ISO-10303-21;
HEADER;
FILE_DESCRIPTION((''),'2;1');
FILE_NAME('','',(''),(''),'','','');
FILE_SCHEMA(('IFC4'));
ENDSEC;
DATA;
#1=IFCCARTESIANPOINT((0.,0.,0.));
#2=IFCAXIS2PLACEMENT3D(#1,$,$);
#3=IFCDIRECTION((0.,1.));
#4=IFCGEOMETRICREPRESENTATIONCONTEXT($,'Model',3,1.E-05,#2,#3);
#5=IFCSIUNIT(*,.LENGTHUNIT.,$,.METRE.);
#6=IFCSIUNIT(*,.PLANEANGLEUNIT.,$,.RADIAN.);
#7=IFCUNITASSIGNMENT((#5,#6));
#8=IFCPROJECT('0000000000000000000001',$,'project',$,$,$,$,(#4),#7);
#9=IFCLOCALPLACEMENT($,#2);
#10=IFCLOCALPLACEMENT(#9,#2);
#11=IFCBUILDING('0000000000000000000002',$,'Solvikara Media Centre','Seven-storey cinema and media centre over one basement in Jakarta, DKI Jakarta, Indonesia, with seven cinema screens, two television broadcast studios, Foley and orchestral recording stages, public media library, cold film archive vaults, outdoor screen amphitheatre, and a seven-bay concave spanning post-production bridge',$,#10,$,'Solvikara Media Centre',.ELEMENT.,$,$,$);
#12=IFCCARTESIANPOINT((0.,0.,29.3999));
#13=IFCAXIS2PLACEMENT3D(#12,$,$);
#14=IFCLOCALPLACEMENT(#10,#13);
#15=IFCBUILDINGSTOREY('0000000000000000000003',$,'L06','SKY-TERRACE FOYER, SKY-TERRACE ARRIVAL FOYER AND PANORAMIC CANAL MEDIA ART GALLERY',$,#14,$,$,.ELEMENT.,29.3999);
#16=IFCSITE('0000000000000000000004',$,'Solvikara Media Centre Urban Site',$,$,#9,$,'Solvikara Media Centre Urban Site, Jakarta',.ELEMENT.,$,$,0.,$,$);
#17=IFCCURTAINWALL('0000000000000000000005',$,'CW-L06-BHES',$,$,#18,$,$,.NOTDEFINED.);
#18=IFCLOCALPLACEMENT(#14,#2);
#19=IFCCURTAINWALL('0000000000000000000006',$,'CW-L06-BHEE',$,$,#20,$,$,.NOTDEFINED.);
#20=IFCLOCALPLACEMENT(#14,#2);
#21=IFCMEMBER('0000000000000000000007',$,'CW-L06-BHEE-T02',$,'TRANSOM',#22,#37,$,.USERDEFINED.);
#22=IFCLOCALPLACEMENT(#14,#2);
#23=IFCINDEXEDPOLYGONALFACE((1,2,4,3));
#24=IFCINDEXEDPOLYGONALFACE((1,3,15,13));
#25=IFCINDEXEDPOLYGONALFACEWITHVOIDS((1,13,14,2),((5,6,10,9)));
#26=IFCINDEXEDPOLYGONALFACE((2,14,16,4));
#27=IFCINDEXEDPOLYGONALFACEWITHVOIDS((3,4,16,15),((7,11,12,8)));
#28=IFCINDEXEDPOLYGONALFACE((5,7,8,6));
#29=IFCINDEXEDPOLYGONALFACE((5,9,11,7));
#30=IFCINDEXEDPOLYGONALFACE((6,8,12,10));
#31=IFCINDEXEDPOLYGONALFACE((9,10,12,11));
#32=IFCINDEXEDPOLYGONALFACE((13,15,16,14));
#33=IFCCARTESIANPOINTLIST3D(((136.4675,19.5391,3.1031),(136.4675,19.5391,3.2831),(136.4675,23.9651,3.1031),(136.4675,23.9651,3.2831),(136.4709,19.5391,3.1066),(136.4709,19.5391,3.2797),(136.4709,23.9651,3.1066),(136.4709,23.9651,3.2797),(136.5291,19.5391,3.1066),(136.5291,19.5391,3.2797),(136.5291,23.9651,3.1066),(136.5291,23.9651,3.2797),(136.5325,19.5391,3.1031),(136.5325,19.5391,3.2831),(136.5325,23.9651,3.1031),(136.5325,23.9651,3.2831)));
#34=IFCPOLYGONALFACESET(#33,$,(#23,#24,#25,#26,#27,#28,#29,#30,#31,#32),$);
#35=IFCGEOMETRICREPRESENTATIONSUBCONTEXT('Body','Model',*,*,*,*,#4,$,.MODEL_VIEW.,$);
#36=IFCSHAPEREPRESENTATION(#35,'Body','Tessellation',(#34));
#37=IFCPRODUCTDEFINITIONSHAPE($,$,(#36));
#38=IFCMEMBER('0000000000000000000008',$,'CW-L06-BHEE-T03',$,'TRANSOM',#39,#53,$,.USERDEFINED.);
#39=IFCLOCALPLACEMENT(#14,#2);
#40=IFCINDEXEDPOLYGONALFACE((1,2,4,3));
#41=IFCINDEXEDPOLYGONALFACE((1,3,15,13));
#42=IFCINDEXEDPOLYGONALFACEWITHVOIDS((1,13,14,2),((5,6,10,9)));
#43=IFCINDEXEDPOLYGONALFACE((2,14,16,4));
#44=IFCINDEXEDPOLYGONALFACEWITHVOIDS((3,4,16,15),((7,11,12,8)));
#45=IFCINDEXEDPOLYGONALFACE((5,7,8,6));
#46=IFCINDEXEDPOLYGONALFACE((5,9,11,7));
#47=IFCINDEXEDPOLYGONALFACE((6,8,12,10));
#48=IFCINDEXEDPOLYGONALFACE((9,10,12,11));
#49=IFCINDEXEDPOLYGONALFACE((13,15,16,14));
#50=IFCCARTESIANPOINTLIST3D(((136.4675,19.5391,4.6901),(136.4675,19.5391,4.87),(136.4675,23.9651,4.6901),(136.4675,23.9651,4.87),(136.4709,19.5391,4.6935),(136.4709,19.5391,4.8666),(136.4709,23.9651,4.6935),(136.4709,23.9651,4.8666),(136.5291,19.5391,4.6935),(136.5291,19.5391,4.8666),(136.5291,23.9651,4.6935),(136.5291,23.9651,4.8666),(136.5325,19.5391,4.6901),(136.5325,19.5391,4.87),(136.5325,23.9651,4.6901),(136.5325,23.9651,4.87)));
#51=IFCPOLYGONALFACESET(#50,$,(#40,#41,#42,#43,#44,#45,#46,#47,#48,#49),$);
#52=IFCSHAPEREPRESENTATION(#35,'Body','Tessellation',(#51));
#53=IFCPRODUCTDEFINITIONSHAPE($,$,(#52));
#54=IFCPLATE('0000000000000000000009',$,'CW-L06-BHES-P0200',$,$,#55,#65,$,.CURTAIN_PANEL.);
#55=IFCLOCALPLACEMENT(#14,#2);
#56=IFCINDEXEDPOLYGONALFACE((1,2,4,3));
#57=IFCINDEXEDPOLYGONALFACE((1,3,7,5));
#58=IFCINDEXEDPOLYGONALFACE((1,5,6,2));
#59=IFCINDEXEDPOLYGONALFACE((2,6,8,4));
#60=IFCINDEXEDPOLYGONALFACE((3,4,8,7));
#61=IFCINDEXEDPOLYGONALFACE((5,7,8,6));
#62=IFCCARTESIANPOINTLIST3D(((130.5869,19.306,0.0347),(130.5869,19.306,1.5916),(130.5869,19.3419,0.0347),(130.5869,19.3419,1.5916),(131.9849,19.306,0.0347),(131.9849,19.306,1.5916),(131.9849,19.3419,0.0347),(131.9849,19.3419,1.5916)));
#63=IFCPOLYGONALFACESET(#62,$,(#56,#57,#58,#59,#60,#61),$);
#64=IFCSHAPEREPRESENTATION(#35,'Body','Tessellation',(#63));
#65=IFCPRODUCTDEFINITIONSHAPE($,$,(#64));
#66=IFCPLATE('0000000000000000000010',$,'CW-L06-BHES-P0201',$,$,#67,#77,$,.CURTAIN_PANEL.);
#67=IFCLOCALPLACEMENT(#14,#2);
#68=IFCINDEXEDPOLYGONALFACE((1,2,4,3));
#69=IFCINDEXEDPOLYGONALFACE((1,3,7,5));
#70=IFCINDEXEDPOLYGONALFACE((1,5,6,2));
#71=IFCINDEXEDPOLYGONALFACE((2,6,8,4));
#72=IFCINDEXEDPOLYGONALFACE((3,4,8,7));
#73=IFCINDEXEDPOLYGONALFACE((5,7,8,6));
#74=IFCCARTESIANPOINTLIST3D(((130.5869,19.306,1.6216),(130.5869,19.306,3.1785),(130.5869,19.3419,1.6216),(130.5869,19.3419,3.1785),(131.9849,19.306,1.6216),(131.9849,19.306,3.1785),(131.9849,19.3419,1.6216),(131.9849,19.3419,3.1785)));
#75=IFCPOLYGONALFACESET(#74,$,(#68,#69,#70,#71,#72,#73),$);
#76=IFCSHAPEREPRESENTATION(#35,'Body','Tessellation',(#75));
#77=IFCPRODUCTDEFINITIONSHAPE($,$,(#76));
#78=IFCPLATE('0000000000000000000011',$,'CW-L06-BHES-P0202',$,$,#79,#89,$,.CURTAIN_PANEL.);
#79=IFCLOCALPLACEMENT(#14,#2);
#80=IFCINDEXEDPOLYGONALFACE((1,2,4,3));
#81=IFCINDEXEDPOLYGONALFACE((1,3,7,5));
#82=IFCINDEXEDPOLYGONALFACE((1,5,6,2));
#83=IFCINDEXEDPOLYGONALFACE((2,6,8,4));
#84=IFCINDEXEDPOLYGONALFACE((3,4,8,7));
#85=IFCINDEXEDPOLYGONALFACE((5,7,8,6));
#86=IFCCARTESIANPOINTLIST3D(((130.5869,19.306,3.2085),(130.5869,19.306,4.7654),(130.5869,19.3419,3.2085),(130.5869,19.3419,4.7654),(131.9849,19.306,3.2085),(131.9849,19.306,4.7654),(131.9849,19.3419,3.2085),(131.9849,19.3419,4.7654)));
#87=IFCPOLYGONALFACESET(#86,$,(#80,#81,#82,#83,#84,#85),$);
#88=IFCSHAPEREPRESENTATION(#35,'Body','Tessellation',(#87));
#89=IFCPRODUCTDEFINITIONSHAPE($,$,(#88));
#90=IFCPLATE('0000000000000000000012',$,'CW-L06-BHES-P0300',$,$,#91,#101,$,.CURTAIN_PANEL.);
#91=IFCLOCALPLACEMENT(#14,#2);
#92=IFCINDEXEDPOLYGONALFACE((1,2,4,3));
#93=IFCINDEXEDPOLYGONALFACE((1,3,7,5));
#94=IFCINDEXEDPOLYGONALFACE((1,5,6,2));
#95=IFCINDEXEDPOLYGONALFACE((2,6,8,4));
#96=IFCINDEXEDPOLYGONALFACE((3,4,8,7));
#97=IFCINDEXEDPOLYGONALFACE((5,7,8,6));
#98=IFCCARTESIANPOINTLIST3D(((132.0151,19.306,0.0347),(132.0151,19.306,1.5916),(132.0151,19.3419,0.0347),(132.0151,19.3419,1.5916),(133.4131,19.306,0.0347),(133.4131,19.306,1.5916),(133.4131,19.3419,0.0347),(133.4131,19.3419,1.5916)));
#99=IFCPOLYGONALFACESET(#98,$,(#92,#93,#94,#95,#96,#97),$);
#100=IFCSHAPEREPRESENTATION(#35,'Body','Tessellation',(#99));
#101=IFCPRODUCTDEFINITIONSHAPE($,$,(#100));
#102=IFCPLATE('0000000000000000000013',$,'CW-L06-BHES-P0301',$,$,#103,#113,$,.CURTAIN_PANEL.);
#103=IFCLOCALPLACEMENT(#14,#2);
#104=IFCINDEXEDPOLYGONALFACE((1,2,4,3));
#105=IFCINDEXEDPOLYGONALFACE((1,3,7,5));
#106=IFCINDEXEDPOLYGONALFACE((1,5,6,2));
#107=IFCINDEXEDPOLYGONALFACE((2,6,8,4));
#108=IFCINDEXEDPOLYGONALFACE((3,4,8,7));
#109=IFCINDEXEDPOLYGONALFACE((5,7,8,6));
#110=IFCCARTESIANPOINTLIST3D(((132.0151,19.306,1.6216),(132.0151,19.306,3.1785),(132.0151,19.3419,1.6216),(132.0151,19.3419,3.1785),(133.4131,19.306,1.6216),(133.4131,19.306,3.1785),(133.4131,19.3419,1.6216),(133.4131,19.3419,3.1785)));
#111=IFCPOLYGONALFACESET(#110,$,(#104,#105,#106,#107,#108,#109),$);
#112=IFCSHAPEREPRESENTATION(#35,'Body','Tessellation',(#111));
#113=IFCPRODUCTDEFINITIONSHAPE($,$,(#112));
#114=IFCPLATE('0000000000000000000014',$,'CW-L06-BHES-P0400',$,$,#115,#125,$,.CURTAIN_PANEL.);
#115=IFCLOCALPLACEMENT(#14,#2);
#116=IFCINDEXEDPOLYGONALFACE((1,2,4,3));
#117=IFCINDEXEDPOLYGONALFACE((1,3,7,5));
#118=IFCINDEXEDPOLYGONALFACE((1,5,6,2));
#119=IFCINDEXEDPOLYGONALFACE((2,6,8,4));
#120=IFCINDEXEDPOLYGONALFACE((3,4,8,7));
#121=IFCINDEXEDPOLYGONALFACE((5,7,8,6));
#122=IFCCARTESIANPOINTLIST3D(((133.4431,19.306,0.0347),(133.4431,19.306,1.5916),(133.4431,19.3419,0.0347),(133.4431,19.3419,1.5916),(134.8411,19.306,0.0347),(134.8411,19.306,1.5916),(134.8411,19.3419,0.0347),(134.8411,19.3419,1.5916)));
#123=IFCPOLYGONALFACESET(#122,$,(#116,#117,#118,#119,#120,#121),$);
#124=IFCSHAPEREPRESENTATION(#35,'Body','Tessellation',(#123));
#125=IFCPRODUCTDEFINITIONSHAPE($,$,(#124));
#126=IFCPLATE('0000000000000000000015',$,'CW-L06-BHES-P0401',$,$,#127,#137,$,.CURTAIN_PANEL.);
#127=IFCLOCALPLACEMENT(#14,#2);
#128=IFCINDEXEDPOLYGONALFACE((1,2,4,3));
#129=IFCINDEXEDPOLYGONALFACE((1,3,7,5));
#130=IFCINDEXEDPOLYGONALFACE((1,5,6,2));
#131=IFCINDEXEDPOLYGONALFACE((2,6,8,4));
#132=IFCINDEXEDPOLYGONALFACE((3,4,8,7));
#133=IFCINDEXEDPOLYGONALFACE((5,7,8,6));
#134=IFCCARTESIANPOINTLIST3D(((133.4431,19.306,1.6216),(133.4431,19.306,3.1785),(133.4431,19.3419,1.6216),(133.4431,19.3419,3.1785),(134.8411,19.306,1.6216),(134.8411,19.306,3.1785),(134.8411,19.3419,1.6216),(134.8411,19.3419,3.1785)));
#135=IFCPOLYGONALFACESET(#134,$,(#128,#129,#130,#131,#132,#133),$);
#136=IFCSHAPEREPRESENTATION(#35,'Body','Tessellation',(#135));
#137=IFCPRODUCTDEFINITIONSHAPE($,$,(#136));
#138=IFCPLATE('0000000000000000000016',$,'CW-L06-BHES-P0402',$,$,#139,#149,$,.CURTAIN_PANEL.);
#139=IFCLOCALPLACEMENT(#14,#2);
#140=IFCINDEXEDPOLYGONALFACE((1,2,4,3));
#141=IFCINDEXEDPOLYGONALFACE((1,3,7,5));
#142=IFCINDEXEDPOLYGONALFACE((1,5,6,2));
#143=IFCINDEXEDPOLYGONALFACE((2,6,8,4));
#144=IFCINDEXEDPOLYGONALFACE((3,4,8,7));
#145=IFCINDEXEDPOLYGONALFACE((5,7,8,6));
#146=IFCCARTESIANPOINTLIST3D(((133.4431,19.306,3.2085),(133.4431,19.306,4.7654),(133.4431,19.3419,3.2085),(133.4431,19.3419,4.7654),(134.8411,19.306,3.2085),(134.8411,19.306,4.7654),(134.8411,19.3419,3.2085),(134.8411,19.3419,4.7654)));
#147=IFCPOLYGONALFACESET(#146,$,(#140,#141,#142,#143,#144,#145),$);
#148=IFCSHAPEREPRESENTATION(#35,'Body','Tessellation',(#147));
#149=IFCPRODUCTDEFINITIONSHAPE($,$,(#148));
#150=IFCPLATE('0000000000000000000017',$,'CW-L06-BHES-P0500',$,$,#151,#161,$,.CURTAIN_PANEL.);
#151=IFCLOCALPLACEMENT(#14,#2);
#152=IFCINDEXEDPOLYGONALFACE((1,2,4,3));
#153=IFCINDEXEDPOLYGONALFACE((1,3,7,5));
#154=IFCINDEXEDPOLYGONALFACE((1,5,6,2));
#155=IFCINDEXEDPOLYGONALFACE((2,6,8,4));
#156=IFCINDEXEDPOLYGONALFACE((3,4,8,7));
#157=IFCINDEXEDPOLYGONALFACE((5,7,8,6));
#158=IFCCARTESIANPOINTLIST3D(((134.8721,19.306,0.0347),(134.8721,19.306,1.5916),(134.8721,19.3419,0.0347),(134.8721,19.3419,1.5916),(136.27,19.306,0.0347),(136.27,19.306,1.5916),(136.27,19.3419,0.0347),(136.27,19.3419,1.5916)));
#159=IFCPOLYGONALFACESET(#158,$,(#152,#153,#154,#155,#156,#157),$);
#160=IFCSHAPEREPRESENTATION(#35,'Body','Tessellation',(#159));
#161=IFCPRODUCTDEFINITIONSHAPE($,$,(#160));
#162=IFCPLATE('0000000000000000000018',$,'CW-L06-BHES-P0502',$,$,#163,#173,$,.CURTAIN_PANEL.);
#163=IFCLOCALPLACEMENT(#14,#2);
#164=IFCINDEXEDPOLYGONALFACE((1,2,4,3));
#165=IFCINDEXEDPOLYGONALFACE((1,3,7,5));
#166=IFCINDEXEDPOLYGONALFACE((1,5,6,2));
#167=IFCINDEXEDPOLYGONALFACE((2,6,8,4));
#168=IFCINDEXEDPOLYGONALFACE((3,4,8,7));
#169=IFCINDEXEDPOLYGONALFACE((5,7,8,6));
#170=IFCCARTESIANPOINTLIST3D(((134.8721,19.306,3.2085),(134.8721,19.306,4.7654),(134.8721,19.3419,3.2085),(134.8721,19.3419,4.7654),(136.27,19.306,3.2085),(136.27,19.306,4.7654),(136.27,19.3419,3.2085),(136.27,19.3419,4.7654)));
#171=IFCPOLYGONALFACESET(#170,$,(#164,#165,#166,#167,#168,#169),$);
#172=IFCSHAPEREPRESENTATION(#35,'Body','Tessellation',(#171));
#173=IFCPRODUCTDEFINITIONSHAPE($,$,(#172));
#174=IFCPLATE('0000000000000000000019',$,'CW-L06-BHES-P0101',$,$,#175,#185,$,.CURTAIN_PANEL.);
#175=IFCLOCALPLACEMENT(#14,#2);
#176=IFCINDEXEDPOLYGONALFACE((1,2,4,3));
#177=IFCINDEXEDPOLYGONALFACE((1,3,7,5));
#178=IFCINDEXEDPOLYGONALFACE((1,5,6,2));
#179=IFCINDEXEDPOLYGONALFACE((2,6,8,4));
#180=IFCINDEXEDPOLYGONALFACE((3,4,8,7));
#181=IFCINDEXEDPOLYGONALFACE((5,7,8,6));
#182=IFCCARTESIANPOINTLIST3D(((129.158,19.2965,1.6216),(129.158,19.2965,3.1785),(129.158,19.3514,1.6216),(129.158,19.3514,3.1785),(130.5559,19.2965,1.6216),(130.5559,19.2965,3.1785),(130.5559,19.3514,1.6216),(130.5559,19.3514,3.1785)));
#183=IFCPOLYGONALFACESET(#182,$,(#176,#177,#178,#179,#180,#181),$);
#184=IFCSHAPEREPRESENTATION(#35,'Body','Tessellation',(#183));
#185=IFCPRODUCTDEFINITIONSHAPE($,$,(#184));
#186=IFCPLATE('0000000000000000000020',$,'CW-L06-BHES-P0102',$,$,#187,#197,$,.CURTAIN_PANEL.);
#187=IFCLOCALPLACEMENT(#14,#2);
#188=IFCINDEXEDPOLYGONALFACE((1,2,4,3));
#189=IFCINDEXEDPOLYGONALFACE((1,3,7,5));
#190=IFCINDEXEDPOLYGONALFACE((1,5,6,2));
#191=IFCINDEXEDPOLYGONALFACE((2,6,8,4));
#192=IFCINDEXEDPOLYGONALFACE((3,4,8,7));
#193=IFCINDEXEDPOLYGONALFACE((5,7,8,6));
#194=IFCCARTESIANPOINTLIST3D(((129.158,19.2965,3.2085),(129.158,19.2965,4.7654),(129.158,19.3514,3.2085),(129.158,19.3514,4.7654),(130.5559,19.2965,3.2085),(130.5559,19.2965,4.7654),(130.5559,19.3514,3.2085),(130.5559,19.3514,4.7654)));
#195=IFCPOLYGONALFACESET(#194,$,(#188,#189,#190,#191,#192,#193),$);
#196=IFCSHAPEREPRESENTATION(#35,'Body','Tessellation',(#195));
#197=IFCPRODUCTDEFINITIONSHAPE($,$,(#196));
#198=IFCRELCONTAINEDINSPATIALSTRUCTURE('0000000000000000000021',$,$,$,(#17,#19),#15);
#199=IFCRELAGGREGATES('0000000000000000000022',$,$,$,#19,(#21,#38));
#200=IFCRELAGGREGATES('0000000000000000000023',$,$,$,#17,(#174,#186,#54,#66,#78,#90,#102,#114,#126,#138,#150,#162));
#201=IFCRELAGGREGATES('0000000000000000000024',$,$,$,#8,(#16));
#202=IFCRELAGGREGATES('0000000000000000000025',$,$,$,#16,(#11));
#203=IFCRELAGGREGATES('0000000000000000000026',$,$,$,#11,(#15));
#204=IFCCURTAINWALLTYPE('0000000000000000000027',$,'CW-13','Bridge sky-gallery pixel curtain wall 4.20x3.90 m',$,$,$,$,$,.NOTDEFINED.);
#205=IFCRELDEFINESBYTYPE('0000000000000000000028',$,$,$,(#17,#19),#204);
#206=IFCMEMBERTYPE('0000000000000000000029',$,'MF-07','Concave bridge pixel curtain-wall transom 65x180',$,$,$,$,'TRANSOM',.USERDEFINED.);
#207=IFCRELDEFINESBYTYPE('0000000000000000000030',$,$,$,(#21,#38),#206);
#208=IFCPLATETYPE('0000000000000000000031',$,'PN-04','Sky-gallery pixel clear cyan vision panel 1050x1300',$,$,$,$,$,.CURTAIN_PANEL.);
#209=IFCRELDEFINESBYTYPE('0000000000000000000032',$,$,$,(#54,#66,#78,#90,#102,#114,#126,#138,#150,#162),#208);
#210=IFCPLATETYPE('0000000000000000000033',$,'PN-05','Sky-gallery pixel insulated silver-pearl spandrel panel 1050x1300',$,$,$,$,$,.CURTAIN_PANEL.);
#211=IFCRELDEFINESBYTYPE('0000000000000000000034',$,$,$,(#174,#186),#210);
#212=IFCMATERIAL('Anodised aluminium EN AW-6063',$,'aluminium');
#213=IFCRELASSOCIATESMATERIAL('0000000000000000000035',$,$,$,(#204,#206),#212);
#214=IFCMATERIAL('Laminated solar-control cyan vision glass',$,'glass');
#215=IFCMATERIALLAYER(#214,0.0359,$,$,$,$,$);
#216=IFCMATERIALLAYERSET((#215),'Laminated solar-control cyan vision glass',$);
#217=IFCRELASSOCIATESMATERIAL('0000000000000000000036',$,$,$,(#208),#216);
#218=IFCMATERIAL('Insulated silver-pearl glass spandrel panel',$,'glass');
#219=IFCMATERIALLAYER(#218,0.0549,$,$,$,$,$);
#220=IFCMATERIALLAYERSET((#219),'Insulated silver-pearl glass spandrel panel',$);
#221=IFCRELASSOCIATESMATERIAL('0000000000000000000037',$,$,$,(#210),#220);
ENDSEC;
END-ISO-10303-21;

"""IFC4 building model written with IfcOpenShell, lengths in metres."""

from ifc_helpers import new_model, si_unit, direction, frame, origin, origin_2d, place, context, subcontext, project, spatial, rectangle, hollow_rectangle, extrude, material, layer, layer_set, material_profile, profile_set, type_object, element, aggregate, save


model = new_model("IFC4")

# Units and contexts
model_context = context("Model", 3, precision=1e-05, world=origin(), true_north=direction((0.0, 1.0)))
body_context = subcontext(model_context, "Body", "Model", "MODEL_VIEW")
ifc_project = project(units=[si_unit("LENGTHUNIT", "METRE"), si_unit("PLANEANGLEUNIT", "RADIAN")], contexts=[model_context])

# Site, building, storey
site_placement = place(None, origin())
site = spatial("IfcSite", under=ifc_project, at=site_placement, Name="Solvikara Media Centre Urban Site", LongName="Solvikara Media Centre Urban Site, Jakarta", CompositionType="ELEMENT", RefElevation=0.0)
building_placement = place(site_placement, origin())
building = spatial("IfcBuilding", under=site, at=building_placement, Name="Solvikara Media Centre", Description="Seven-storey cinema and media centre over one basement in Jakarta, DKI Jakarta, Indonesia, with seven cinema screens, two television broadcast studios, Foley and orchestral recording stages, public media library, cold film archive vaults, outdoor screen amphitheatre, and a seven-bay concave spanning post-production bridge", LongName="Solvikara Media Centre", CompositionType="ELEMENT")
storey_placement = place(building_placement, frame((0.0, 0.0, 29.3999)))
storey = spatial("IfcBuildingStorey", under=building, at=storey_placement, Name="L06", Description="SKY-TERRACE FOYER, SKY-TERRACE ARRIVAL FOYER AND PANORAMIC CANAL MEDIA ART GALLERY", CompositionType="ELEMENT", Elevation=29.3999)

# Curtain walls, members
ifc_material_1 = material(Name="Anodised aluminium EN AW-6063", Category="aluminium")
curtain_wall_type = type_object("IfcCurtainWallType", Name="CW-13", Description="Bridge sky-gallery pixel curtain wall 4.20x3.90 m", PredefinedType="NOTDEFINED", material=ifc_material_1)
curtain_wall_1_placement = place(storey_placement, origin())
curtain_wall_1 = element("IfcCurtainWall", 1, at=curtain_wall_1_placement, inside=storey, type_object=curtain_wall_type, Name="CW-L06-BHES", PredefinedType="NOTDEFINED")
curtain_wall_2_placement = place(storey_placement, origin())
curtain_wall_2 = element("IfcCurtainWall", 2, at=curtain_wall_2_placement, inside=storey, type_object=curtain_wall_type, Name="CW-L06-BHEE", PredefinedType="NOTDEFINED")
ifc_material_profile_1 = material_profile(ifc_material_1, hollow_rectangle(XDim=0.0649, YDim=0.1799, WallThickness=0.0034, at=origin_2d()), Name="ALU-T 65x180x3.5")
ifc_profile_set_1 = profile_set([ifc_material_profile_1], Name="Anodised aluminium EN AW-6063")
member_type_1 = type_object("IfcMemberType", Name="MF-07", Description="Concave bridge pixel curtain-wall transom 65x180", ElementType="TRANSOM", PredefinedType="USERDEFINED", material=ifc_profile_set_1)
member_1_placement = place(storey_placement, frame((136.5, 19.5391, 3.1931), z_axis=(0.0, 1.0, 0.0), x_axis=(-1.0, 0.0, 0.0)))
member_1 = element("IfcMember", 3, at=member_1_placement, type_object=member_type_1, Name="CW-L06-BHEE-T02", ObjectType="TRANSOM", PredefinedType="USERDEFINED", context=body_context, shape_type="SweptSolid", body=[
    extrude(hollow_rectangle(XDim=0.0649, YDim=0.1799, WallThickness=0.0034, at=origin_2d()), origin(), (0.0, 0.0, 1.0), 4.426),
])
member_2_placement = place(storey_placement, frame((136.5, 19.5391, 4.78), z_axis=(0.0, 1.0, 0.0), x_axis=(-1.0, 0.0, 0.0)))
member_2 = element("IfcMember", 4, at=member_2_placement, type_object=member_type_1, Name="CW-L06-BHEE-T03", ObjectType="TRANSOM", PredefinedType="USERDEFINED", context=body_context, shape_type="SweptSolid", body=[
    extrude(hollow_rectangle(XDim=0.0649, YDim=0.1799, WallThickness=0.0034, at=origin_2d()), origin(), (0.0, 0.0, 1.0), 4.426),
])
aggregate(curtain_wall_2, [member_1, member_2])

# Plates
ifc_material_2 = material(Name="Laminated solar-control cyan vision glass", Category="glass")
ifc_layer_1 = layer(ifc_material_2, 0.0359)
ifc_layer_set_1 = layer_set([ifc_layer_1], Name="Laminated solar-control cyan vision glass")
plate_type_1 = type_object("IfcPlateType", Name="PN-04", Description="Sky-gallery pixel clear cyan vision panel 1050x1300", PredefinedType="CURTAIN_PANEL", material=ifc_layer_set_1)
plate_1_placement = place(storey_placement, frame((131.2859, 19.324, 0.0347), z_axis=(0.0, 0.0, 1.0), x_axis=(1.0, 0.0, 0.0)))
plate_1 = element("IfcPlate", 5, at=plate_1_placement, type_object=plate_type_1, Name="CW-L06-BHES-P0200", PredefinedType="CURTAIN_PANEL", context=body_context, shape_type="SweptSolid", body=[
    extrude(rectangle(XDim=1.3979, YDim=0.0359, at=origin_2d()), origin(), (0.0, 0.0, 1.0), 1.5569),
])
plate_2_placement = place(storey_placement, frame((131.2859, 19.324, 1.6216), z_axis=(0.0, 0.0, 1.0), x_axis=(1.0, 0.0, 0.0)))
plate_2 = element("IfcPlate", 6, at=plate_2_placement, type_object=plate_type_1, Name="CW-L06-BHES-P0201", PredefinedType="CURTAIN_PANEL", context=body_context, shape_type="SweptSolid", body=[
    extrude(rectangle(XDim=1.3979, YDim=0.0359, at=origin_2d()), origin(), (0.0, 0.0, 1.0), 1.5569),
])
plate_3_placement = place(storey_placement, frame((131.2859, 19.324, 3.2085), z_axis=(0.0, 0.0, 1.0), x_axis=(1.0, 0.0, 0.0)))
plate_3 = element("IfcPlate", 7, at=plate_3_placement, type_object=plate_type_1, Name="CW-L06-BHES-P0202", PredefinedType="CURTAIN_PANEL", context=body_context, shape_type="SweptSolid", body=[
    extrude(rectangle(XDim=1.3979, YDim=0.0359, at=origin_2d()), origin(), (0.0, 0.0, 1.0), 1.5569),
])
plate_4_placement = place(storey_placement, frame((132.7141, 19.324, 0.0347), z_axis=(0.0, 0.0, 1.0), x_axis=(1.0, 0.0, 0.0)))
plate_4 = element("IfcPlate", 8, at=plate_4_placement, type_object=plate_type_1, Name="CW-L06-BHES-P0300", PredefinedType="CURTAIN_PANEL", context=body_context, shape_type="SweptSolid", body=[
    extrude(rectangle(XDim=1.3979, YDim=0.0359, at=origin_2d()), origin(), (0.0, 0.0, 1.0), 1.5569),
])
plate_5_placement = place(storey_placement, frame((132.7141, 19.324, 1.6216), z_axis=(0.0, 0.0, 1.0), x_axis=(1.0, 0.0, 0.0)))
plate_5 = element("IfcPlate", 9, at=plate_5_placement, type_object=plate_type_1, Name="CW-L06-BHES-P0301", PredefinedType="CURTAIN_PANEL", context=body_context, shape_type="SweptSolid", body=[
    extrude(rectangle(XDim=1.3979, YDim=0.0359, at=origin_2d()), origin(), (0.0, 0.0, 1.0), 1.5569),
])
plate_6_placement = place(storey_placement, frame((134.1421, 19.324, 0.0347), z_axis=(0.0, 0.0, 1.0), x_axis=(1.0, 0.0, 0.0)))
plate_6 = element("IfcPlate", 10, at=plate_6_placement, type_object=plate_type_1, Name="CW-L06-BHES-P0400", PredefinedType="CURTAIN_PANEL", context=body_context, shape_type="SweptSolid", body=[
    extrude(rectangle(XDim=1.3979, YDim=0.0359, at=origin_2d()), origin(), (0.0, 0.0, 1.0), 1.5569),
])
plate_7_placement = place(storey_placement, frame((134.1421, 19.324, 1.6216), z_axis=(0.0, 0.0, 1.0), x_axis=(1.0, 0.0, 0.0)))
plate_7 = element("IfcPlate", 11, at=plate_7_placement, type_object=plate_type_1, Name="CW-L06-BHES-P0401", PredefinedType="CURTAIN_PANEL", context=body_context, shape_type="SweptSolid", body=[
    extrude(rectangle(XDim=1.3979, YDim=0.0359, at=origin_2d()), origin(), (0.0, 0.0, 1.0), 1.5569),
])
plate_8_placement = place(storey_placement, frame((134.1421, 19.324, 3.2085), z_axis=(0.0, 0.0, 1.0), x_axis=(1.0, 0.0, 0.0)))
plate_8 = element("IfcPlate", 12, at=plate_8_placement, type_object=plate_type_1, Name="CW-L06-BHES-P0402", PredefinedType="CURTAIN_PANEL", context=body_context, shape_type="SweptSolid", body=[
    extrude(rectangle(XDim=1.3979, YDim=0.0359, at=origin_2d()), origin(), (0.0, 0.0, 1.0), 1.5569),
])
plate_9_placement = place(storey_placement, frame((135.571, 19.324, 0.0347), z_axis=(0.0, 0.0, 1.0), x_axis=(1.0, 0.0, 0.0)))
plate_9 = element("IfcPlate", 13, at=plate_9_placement, type_object=plate_type_1, Name="CW-L06-BHES-P0500", PredefinedType="CURTAIN_PANEL", context=body_context, shape_type="SweptSolid", body=[
    extrude(rectangle(XDim=1.3979, YDim=0.0359, at=origin_2d()), origin(), (0.0, 0.0, 1.0), 1.5569),
])
plate_10_placement = place(storey_placement, frame((135.571, 19.324, 3.2085), z_axis=(0.0, 0.0, 1.0), x_axis=(1.0, 0.0, 0.0)))
plate_10 = element("IfcPlate", 14, at=plate_10_placement, type_object=plate_type_1, Name="CW-L06-BHES-P0502", PredefinedType="CURTAIN_PANEL", context=body_context, shape_type="SweptSolid", body=[
    extrude(rectangle(XDim=1.3979, YDim=0.0359, at=origin_2d()), origin(), (0.0, 0.0, 1.0), 1.5569),
])
ifc_material_3 = material(Name="Insulated silver-pearl glass spandrel panel", Category="glass")
ifc_layer_2 = layer(ifc_material_3, 0.0549)
ifc_layer_set_2 = layer_set([ifc_layer_2], Name="Insulated silver-pearl glass spandrel panel")
plate_type_2 = type_object("IfcPlateType", Name="PN-05", Description="Sky-gallery pixel insulated silver-pearl spandrel panel 1050x1300", PredefinedType="CURTAIN_PANEL", material=ifc_layer_set_2)
plate_11_placement = place(storey_placement, frame((129.8569, 19.324, 1.6216), z_axis=(0.0, 0.0, 1.0), x_axis=(1.0, 0.0, 0.0)))
plate_11 = element("IfcPlate", 15, at=plate_11_placement, type_object=plate_type_2, Name="CW-L06-BHES-P0101", PredefinedType="CURTAIN_PANEL", context=body_context, shape_type="SweptSolid", body=[
    extrude(rectangle(XDim=1.3979, YDim=0.0549, at=origin_2d()), origin(), (0.0, 0.0, 1.0), 1.5569),
])
plate_12_placement = place(storey_placement, frame((129.8569, 19.324, 3.2085), z_axis=(0.0, 0.0, 1.0), x_axis=(1.0, 0.0, 0.0)))
plate_12 = element("IfcPlate", 16, at=plate_12_placement, type_object=plate_type_2, Name="CW-L06-BHES-P0102", PredefinedType="CURTAIN_PANEL", context=body_context, shape_type="SweptSolid", body=[
    extrude(rectangle(XDim=1.3979, YDim=0.0549, at=origin_2d()), origin(), (0.0, 0.0, 1.0), 1.5569),
])
aggregate(curtain_wall_1, [plate_11, plate_12, plate_1, plate_2, plate_3, plate_4, plate_5, plate_6, plate_7, plate_8, plate_9, plate_10])

save(model, "model.ifc")
